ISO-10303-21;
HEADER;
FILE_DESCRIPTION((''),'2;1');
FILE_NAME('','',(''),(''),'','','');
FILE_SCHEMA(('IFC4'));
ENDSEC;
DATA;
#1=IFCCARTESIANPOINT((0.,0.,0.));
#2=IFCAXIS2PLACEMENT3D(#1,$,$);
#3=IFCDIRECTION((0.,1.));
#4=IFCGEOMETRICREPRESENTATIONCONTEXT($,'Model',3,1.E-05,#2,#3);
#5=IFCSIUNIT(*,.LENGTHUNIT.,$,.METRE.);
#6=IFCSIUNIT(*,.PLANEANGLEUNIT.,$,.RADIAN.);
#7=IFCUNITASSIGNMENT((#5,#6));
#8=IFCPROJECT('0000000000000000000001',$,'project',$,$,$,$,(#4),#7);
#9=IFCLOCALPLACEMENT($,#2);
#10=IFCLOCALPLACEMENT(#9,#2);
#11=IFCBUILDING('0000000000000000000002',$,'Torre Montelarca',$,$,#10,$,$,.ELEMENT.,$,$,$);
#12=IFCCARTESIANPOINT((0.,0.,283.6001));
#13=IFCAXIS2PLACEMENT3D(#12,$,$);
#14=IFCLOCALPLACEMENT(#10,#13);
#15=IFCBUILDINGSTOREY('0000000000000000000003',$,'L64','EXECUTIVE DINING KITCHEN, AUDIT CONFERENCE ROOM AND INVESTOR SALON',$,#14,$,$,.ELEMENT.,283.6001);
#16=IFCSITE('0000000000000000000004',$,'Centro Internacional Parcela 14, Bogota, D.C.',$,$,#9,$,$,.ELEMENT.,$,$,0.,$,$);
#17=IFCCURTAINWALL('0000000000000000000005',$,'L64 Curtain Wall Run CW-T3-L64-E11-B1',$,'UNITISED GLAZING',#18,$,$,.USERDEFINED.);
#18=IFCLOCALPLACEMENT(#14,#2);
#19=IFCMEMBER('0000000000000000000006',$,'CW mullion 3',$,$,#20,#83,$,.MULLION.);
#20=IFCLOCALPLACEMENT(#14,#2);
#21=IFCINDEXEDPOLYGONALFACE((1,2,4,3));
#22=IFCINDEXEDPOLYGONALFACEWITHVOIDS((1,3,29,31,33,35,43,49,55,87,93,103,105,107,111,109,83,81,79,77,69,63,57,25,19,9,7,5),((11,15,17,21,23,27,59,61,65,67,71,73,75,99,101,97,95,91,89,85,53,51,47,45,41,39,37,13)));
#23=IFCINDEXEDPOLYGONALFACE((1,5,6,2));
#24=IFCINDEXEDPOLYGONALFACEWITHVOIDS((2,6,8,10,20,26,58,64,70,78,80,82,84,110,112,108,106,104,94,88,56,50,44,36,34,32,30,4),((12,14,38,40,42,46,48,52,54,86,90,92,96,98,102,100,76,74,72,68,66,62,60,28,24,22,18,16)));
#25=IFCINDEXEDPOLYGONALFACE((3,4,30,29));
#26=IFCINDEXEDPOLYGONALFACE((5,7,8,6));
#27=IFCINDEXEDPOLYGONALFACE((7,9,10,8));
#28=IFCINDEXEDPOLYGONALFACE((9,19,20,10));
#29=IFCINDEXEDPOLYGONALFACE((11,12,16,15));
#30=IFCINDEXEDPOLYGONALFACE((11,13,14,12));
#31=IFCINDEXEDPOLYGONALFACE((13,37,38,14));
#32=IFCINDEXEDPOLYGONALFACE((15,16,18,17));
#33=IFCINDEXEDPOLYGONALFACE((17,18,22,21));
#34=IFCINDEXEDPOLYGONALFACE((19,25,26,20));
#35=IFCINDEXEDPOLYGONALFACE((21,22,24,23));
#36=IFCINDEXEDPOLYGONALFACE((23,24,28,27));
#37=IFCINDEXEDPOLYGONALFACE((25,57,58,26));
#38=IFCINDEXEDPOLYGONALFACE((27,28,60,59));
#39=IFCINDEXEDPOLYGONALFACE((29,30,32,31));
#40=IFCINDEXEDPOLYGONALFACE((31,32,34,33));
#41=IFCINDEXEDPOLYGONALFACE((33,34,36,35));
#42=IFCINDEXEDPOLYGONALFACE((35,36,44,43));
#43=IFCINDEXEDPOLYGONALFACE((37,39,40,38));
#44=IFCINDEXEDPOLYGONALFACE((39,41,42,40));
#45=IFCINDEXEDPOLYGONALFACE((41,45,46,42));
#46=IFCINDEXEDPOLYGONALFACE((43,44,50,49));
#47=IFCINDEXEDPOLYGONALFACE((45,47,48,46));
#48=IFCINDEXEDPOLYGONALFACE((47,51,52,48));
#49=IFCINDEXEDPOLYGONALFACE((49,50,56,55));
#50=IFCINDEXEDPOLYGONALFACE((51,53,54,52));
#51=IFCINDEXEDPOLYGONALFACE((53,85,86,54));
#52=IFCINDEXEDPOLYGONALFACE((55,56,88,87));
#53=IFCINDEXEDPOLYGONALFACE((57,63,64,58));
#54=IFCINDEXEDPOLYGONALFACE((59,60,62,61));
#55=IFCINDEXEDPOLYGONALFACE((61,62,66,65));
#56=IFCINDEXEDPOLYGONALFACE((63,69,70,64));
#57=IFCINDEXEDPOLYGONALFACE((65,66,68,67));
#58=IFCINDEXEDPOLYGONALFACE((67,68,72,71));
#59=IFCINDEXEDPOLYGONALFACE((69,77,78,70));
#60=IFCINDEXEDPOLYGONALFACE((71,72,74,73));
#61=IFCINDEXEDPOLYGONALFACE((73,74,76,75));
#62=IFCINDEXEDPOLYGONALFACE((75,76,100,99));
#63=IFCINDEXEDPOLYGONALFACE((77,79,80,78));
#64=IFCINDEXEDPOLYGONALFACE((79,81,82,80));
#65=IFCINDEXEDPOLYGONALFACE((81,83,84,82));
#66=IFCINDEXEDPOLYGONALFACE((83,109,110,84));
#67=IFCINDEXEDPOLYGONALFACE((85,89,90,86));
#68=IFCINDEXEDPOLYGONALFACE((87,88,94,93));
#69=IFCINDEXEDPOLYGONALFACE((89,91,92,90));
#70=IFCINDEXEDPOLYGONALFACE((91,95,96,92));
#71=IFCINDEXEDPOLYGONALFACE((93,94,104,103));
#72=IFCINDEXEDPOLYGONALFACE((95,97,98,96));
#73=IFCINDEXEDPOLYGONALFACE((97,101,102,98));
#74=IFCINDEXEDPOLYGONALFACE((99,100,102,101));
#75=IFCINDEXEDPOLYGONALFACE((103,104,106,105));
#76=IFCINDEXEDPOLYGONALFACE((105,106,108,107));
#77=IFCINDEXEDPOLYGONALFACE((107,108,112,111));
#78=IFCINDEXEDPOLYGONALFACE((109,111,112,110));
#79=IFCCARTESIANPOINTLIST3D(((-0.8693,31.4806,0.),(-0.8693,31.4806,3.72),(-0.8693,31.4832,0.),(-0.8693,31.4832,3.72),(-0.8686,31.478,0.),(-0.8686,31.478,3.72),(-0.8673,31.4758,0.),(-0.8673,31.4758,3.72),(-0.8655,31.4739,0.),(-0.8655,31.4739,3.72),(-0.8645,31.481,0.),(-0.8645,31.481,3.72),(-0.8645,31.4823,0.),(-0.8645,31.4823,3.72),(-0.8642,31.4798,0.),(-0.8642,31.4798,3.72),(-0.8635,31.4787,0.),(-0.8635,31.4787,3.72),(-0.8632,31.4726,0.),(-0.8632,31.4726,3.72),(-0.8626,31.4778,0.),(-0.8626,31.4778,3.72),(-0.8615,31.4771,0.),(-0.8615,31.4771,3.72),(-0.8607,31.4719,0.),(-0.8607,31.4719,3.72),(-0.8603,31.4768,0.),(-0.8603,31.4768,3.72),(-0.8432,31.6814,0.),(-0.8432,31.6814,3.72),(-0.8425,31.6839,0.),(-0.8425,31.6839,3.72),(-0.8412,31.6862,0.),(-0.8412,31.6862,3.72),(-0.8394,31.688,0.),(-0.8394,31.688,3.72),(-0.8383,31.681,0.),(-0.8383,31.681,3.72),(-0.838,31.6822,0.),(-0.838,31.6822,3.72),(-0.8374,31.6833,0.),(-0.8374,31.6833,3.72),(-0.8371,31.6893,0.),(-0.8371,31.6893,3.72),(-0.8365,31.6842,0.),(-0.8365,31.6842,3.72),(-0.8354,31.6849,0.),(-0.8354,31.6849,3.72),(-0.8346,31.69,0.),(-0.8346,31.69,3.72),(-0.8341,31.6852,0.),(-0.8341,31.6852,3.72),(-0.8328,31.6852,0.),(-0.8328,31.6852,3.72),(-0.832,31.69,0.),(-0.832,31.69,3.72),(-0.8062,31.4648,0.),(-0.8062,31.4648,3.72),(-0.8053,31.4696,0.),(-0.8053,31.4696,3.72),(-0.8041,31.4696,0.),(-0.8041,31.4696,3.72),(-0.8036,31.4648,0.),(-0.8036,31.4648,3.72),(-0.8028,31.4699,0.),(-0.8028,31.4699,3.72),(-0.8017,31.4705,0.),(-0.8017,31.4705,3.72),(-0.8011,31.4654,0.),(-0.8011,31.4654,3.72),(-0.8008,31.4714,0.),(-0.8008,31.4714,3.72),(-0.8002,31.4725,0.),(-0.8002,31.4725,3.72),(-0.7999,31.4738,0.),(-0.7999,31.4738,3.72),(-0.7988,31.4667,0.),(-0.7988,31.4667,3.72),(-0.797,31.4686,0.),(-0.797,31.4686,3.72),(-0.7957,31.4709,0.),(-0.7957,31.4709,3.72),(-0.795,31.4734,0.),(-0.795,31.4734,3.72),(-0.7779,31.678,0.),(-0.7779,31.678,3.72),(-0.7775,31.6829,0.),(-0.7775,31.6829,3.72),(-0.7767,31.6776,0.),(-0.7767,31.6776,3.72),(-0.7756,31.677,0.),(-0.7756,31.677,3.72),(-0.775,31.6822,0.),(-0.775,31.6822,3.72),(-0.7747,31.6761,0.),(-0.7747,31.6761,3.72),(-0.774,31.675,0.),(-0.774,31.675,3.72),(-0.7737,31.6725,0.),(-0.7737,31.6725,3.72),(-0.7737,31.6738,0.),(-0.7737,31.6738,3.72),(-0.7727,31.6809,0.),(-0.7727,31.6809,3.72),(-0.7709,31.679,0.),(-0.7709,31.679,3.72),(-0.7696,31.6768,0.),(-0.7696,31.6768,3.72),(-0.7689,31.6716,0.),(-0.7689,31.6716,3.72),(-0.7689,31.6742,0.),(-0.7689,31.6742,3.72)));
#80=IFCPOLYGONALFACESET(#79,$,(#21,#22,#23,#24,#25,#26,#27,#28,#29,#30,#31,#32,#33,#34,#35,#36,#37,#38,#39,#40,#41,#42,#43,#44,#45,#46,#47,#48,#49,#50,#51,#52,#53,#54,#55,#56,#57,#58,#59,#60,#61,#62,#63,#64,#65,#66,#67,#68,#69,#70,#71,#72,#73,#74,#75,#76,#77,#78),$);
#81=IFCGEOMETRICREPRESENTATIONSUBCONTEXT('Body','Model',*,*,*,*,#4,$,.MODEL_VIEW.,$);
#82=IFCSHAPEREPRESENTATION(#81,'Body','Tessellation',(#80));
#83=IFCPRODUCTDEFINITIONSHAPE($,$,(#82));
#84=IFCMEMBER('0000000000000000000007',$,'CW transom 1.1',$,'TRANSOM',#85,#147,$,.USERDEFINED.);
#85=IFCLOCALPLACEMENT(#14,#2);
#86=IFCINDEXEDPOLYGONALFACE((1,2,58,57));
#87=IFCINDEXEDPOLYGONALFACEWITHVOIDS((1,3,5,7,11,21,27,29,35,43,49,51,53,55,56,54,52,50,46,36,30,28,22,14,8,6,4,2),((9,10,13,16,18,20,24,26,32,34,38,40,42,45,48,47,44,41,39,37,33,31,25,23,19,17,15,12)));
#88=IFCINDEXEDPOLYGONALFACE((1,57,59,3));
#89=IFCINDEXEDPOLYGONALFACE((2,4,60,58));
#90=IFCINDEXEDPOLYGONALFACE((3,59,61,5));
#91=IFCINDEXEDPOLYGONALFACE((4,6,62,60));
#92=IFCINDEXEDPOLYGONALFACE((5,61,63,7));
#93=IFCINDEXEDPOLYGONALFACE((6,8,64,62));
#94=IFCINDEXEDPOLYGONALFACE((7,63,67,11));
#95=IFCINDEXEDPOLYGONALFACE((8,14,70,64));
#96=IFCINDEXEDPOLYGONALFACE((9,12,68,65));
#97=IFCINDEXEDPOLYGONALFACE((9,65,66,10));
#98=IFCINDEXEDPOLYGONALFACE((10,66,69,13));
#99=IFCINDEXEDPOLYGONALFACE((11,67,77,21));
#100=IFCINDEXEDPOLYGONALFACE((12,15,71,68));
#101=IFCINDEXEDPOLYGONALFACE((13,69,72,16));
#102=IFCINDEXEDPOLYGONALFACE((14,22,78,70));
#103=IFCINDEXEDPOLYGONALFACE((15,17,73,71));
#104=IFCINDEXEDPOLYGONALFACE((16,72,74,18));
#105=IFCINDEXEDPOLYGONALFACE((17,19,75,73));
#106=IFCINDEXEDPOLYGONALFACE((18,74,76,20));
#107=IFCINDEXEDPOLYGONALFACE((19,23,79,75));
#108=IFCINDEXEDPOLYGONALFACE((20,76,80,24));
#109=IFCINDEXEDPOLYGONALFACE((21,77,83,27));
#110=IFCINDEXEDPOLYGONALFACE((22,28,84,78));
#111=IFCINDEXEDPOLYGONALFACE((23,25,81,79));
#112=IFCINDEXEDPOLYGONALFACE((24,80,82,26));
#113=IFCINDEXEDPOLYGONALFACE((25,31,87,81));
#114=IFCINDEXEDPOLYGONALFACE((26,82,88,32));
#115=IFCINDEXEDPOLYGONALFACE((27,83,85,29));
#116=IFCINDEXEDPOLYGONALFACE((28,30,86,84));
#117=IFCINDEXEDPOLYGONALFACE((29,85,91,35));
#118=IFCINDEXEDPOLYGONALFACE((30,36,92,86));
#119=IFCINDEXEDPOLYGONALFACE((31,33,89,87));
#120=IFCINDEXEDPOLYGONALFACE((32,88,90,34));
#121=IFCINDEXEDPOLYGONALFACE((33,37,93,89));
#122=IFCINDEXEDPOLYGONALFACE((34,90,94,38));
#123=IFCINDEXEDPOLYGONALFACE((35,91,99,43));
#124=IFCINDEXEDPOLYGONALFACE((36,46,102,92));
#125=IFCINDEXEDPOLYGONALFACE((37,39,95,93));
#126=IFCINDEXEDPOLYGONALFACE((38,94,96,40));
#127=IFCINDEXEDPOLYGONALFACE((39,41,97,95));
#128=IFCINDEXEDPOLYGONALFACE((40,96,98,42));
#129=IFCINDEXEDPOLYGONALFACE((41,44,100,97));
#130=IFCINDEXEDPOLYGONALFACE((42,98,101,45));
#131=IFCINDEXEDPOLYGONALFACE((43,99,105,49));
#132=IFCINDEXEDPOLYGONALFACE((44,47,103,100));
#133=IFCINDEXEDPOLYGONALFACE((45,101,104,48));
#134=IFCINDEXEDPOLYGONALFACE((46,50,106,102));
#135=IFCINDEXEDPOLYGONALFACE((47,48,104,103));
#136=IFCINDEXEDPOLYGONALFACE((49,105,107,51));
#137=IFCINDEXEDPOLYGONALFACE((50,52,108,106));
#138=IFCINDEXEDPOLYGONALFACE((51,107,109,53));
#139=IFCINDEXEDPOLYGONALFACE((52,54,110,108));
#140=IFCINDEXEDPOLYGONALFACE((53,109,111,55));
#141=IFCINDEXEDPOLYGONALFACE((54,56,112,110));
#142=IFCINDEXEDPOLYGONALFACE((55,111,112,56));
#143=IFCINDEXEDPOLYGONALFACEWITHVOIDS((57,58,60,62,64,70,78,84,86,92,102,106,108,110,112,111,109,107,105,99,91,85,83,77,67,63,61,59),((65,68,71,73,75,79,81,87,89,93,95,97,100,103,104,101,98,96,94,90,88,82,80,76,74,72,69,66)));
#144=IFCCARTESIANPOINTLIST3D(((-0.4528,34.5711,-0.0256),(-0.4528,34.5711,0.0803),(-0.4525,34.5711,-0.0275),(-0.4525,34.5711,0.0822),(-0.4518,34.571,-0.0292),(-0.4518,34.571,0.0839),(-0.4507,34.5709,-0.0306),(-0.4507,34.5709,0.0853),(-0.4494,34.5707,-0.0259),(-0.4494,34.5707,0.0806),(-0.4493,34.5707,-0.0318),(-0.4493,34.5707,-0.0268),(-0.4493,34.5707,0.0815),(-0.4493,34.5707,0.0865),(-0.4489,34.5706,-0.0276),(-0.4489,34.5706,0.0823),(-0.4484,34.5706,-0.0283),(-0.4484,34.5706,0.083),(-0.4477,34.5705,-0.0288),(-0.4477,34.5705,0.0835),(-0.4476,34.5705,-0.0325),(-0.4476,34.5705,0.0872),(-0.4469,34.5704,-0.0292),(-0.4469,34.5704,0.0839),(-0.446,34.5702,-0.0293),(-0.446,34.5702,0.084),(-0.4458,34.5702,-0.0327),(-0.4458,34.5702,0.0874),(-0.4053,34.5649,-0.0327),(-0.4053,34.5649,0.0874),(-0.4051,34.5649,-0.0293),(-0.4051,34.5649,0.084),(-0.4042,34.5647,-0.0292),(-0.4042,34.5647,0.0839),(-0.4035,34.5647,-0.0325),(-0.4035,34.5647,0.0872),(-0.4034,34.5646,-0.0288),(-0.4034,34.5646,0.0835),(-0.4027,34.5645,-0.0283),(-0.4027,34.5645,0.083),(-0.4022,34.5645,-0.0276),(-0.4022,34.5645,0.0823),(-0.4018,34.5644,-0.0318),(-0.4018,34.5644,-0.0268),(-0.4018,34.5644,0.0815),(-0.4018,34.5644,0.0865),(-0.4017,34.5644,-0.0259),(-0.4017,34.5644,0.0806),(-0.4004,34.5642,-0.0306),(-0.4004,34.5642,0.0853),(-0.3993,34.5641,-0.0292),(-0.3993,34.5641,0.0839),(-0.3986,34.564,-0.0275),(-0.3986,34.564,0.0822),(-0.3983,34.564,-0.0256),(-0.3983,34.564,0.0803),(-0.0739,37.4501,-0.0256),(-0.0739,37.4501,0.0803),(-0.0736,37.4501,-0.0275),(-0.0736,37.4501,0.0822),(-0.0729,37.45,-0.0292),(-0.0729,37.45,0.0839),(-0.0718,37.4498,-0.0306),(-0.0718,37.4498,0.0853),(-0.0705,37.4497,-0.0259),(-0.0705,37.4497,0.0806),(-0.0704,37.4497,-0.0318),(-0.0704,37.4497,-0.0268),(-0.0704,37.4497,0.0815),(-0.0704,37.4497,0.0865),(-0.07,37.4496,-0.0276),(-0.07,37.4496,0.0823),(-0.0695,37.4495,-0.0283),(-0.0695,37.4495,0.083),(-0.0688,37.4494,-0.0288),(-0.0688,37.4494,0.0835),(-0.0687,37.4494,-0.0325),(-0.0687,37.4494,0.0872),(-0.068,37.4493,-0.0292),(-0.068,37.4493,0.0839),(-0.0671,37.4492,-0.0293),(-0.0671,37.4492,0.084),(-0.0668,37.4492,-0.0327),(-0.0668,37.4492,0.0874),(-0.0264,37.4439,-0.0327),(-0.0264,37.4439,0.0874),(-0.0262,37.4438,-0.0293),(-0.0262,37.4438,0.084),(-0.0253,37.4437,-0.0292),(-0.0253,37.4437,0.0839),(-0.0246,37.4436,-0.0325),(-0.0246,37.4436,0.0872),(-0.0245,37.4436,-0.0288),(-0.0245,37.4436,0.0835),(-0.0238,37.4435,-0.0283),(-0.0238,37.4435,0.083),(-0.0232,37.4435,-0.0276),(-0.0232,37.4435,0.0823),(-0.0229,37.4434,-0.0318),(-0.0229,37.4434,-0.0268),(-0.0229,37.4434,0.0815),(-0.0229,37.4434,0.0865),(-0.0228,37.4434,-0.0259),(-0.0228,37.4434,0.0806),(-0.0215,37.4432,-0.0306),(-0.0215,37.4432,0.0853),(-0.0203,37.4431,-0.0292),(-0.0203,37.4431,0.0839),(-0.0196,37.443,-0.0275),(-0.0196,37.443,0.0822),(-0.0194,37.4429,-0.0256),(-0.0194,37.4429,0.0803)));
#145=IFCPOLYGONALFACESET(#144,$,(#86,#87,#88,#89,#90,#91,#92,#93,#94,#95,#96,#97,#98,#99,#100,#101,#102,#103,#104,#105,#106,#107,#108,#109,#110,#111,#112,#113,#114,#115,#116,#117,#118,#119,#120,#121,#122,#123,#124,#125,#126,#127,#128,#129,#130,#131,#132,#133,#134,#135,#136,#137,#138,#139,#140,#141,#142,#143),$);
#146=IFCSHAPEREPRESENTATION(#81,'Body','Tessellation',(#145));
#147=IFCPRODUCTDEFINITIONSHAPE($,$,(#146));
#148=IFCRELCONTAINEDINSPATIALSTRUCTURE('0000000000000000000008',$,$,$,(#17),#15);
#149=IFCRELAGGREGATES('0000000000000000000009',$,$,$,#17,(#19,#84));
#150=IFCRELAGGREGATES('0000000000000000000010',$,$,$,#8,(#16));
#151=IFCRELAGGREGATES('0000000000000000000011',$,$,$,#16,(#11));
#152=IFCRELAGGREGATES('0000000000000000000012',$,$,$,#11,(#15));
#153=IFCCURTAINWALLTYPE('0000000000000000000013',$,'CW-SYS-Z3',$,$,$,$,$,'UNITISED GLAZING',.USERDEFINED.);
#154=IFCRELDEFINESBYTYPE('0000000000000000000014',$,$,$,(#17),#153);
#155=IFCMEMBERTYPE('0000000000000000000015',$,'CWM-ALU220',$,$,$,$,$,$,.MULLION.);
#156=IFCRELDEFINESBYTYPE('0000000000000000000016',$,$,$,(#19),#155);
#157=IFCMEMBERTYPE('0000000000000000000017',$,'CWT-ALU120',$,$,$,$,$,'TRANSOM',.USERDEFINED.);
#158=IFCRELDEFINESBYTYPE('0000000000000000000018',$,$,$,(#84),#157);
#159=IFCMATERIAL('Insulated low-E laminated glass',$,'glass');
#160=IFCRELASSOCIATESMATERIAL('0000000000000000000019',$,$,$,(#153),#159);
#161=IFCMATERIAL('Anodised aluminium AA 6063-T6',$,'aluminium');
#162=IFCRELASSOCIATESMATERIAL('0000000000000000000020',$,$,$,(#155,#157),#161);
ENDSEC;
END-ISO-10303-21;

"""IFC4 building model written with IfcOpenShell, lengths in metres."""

from ifc_helpers import new_model, si_unit, direction, frame, origin, origin_2d, place, context, subcontext, project, spatial, hollow_rectangle, extrude, source, transform, mapped, material, material_profile, profile_set, type_object, element, aggregate, save


model = new_model("IFC4")

# Units and contexts
model_context = context("Model", 3, precision=1e-05, world=origin(), true_north=direction((0.0, 1.0)))
body_context = subcontext(model_context, "Body", "Model", "MODEL_VIEW")
ifc_project = project(units=[si_unit("LENGTHUNIT", "METRE"), si_unit("PLANEANGLEUNIT", "RADIAN")], contexts=[model_context])

# Site, building, storey
site_placement = place(None, origin())
site = spatial("IfcSite", under=ifc_project, at=site_placement, Name="Centro Internacional Parcela 14, Bogota, D.C.", CompositionType="ELEMENT", RefElevation=0.0)
building_placement = place(site_placement, origin())
building = spatial("IfcBuilding", under=site, at=building_placement, Name="Torre Montelarca", CompositionType="ELEMENT")
storey_placement = place(building_placement, frame((0.0, 0.0, 283.6001)))
storey = spatial("IfcBuildingStorey", under=building, at=storey_placement, Name="L64", Description="EXECUTIVE DINING KITCHEN, AUDIT CONFERENCE ROOM AND INVESTOR SALON", CompositionType="ELEMENT", Elevation=283.6001)

# Shared definitions
ifc_material_1 = material(Name="Insulated low-E laminated glass", Category="glass")
curtain_wall_type = type_object("IfcCurtainWallType", Name="CW-SYS-Z3", ElementType="UNITISED GLAZING", PredefinedType="USERDEFINED", material=ifc_material_1)
ifc_material_2 = material(Name="Anodised aluminium AA 6063-T6", Category="aluminium")
ifc_material_profile_1 = material_profile(ifc_material_2, hollow_rectangle(XDim=0.075, YDim=0.22, WallThickness=0.0049, InnerFilletRadius=0.0049, OuterFilletRadius=0.01, at=origin_2d()), Name="ALU75X220X5", Category="aluminium")
ifc_profile_set_1 = profile_set([ifc_material_profile_1], Name="Anodised aluminium AA 6063-T6")
member_type_1 = type_object("IfcMemberType", Name="CWM-ALU220", PredefinedType="MULLION", material=ifc_profile_set_1)
shared_shape_1 = source(origin(), body_context, "Body", "SweptSolid", [
    extrude(hollow_rectangle(XDim=0.075, YDim=0.22, WallThickness=0.0049, InnerFilletRadius=0.0049, OuterFilletRadius=0.01, at=origin_2d()), origin(), (0.0, 0.0, 1.0), 3.72),
])

# Curtain wall, members
curtain_wall_1_placement = place(storey_placement, origin())
curtain_wall_1 = element("IfcCurtainWall", 1, at=curtain_wall_1_placement, inside=storey, type_object=curtain_wall_type, Name="L64 Curtain Wall Run CW-T3-L64-E11-B1", ObjectType="UNITISED GLAZING", PredefinedType="USERDEFINED")
member_1_placement = place(storey_placement, frame((-0.8191, 31.5774, 0.0), z_axis=(0.0, 0.0, 1.0), x_axis=(0.991446, -0.130514, 0.0)))
member_1 = element("IfcMember", 2, at=member_1_placement, type_object=member_type_1, Name="CW mullion 3", PredefinedType="MULLION", context=body_context, shape_type="MappedRepresentation", body=[
    mapped(shared_shape_1, transform((0.0, 0.0, 0.0), scale=1.0)),
])
ifc_material_profile_2 = material_profile(ifc_material_2, hollow_rectangle(XDim=0.0549, YDim=0.1201, WallThickness=0.0034, InnerFilletRadius=0.0034, OuterFilletRadius=0.0071, at=origin_2d()), Name="ALU55X120X3.5", Category="aluminium")
ifc_profile_set_2 = profile_set([ifc_material_profile_2], Name="Anodised aluminium AA 6063-T6")
member_type_2 = type_object("IfcMemberType", Name="CWT-ALU120", ElementType="TRANSOM", PredefinedType="USERDEFINED", material=ifc_profile_set_2)
shared_shape_2 = source(origin(), body_context, "Body", "SweptSolid", [
    extrude(hollow_rectangle(XDim=0.0549, YDim=0.1201, WallThickness=0.0034, InnerFilletRadius=0.0034, OuterFilletRadius=0.0071, at=origin_2d()), origin(), (0.0, 0.0, 1.0), 2.9038),
])
member_2_placement = place(storey_placement, frame((-0.0466, 37.4465, 0.0273), z_axis=(-0.130489, -0.99145, 0.0), x_axis=(0.99145, -0.130489, 0.0)))
member_2 = element("IfcMember", 3, at=member_2_placement, type_object=member_type_2, Name="CW transom 1.1", ObjectType="TRANSOM", PredefinedType="USERDEFINED", context=body_context, shape_type="MappedRepresentation", body=[
    mapped(shared_shape_2, transform((0.0, 0.0, 0.0), scale=1.0)),
])
aggregate(curtain_wall_1, [member_1, member_2])

save(model, "model.ifc")
